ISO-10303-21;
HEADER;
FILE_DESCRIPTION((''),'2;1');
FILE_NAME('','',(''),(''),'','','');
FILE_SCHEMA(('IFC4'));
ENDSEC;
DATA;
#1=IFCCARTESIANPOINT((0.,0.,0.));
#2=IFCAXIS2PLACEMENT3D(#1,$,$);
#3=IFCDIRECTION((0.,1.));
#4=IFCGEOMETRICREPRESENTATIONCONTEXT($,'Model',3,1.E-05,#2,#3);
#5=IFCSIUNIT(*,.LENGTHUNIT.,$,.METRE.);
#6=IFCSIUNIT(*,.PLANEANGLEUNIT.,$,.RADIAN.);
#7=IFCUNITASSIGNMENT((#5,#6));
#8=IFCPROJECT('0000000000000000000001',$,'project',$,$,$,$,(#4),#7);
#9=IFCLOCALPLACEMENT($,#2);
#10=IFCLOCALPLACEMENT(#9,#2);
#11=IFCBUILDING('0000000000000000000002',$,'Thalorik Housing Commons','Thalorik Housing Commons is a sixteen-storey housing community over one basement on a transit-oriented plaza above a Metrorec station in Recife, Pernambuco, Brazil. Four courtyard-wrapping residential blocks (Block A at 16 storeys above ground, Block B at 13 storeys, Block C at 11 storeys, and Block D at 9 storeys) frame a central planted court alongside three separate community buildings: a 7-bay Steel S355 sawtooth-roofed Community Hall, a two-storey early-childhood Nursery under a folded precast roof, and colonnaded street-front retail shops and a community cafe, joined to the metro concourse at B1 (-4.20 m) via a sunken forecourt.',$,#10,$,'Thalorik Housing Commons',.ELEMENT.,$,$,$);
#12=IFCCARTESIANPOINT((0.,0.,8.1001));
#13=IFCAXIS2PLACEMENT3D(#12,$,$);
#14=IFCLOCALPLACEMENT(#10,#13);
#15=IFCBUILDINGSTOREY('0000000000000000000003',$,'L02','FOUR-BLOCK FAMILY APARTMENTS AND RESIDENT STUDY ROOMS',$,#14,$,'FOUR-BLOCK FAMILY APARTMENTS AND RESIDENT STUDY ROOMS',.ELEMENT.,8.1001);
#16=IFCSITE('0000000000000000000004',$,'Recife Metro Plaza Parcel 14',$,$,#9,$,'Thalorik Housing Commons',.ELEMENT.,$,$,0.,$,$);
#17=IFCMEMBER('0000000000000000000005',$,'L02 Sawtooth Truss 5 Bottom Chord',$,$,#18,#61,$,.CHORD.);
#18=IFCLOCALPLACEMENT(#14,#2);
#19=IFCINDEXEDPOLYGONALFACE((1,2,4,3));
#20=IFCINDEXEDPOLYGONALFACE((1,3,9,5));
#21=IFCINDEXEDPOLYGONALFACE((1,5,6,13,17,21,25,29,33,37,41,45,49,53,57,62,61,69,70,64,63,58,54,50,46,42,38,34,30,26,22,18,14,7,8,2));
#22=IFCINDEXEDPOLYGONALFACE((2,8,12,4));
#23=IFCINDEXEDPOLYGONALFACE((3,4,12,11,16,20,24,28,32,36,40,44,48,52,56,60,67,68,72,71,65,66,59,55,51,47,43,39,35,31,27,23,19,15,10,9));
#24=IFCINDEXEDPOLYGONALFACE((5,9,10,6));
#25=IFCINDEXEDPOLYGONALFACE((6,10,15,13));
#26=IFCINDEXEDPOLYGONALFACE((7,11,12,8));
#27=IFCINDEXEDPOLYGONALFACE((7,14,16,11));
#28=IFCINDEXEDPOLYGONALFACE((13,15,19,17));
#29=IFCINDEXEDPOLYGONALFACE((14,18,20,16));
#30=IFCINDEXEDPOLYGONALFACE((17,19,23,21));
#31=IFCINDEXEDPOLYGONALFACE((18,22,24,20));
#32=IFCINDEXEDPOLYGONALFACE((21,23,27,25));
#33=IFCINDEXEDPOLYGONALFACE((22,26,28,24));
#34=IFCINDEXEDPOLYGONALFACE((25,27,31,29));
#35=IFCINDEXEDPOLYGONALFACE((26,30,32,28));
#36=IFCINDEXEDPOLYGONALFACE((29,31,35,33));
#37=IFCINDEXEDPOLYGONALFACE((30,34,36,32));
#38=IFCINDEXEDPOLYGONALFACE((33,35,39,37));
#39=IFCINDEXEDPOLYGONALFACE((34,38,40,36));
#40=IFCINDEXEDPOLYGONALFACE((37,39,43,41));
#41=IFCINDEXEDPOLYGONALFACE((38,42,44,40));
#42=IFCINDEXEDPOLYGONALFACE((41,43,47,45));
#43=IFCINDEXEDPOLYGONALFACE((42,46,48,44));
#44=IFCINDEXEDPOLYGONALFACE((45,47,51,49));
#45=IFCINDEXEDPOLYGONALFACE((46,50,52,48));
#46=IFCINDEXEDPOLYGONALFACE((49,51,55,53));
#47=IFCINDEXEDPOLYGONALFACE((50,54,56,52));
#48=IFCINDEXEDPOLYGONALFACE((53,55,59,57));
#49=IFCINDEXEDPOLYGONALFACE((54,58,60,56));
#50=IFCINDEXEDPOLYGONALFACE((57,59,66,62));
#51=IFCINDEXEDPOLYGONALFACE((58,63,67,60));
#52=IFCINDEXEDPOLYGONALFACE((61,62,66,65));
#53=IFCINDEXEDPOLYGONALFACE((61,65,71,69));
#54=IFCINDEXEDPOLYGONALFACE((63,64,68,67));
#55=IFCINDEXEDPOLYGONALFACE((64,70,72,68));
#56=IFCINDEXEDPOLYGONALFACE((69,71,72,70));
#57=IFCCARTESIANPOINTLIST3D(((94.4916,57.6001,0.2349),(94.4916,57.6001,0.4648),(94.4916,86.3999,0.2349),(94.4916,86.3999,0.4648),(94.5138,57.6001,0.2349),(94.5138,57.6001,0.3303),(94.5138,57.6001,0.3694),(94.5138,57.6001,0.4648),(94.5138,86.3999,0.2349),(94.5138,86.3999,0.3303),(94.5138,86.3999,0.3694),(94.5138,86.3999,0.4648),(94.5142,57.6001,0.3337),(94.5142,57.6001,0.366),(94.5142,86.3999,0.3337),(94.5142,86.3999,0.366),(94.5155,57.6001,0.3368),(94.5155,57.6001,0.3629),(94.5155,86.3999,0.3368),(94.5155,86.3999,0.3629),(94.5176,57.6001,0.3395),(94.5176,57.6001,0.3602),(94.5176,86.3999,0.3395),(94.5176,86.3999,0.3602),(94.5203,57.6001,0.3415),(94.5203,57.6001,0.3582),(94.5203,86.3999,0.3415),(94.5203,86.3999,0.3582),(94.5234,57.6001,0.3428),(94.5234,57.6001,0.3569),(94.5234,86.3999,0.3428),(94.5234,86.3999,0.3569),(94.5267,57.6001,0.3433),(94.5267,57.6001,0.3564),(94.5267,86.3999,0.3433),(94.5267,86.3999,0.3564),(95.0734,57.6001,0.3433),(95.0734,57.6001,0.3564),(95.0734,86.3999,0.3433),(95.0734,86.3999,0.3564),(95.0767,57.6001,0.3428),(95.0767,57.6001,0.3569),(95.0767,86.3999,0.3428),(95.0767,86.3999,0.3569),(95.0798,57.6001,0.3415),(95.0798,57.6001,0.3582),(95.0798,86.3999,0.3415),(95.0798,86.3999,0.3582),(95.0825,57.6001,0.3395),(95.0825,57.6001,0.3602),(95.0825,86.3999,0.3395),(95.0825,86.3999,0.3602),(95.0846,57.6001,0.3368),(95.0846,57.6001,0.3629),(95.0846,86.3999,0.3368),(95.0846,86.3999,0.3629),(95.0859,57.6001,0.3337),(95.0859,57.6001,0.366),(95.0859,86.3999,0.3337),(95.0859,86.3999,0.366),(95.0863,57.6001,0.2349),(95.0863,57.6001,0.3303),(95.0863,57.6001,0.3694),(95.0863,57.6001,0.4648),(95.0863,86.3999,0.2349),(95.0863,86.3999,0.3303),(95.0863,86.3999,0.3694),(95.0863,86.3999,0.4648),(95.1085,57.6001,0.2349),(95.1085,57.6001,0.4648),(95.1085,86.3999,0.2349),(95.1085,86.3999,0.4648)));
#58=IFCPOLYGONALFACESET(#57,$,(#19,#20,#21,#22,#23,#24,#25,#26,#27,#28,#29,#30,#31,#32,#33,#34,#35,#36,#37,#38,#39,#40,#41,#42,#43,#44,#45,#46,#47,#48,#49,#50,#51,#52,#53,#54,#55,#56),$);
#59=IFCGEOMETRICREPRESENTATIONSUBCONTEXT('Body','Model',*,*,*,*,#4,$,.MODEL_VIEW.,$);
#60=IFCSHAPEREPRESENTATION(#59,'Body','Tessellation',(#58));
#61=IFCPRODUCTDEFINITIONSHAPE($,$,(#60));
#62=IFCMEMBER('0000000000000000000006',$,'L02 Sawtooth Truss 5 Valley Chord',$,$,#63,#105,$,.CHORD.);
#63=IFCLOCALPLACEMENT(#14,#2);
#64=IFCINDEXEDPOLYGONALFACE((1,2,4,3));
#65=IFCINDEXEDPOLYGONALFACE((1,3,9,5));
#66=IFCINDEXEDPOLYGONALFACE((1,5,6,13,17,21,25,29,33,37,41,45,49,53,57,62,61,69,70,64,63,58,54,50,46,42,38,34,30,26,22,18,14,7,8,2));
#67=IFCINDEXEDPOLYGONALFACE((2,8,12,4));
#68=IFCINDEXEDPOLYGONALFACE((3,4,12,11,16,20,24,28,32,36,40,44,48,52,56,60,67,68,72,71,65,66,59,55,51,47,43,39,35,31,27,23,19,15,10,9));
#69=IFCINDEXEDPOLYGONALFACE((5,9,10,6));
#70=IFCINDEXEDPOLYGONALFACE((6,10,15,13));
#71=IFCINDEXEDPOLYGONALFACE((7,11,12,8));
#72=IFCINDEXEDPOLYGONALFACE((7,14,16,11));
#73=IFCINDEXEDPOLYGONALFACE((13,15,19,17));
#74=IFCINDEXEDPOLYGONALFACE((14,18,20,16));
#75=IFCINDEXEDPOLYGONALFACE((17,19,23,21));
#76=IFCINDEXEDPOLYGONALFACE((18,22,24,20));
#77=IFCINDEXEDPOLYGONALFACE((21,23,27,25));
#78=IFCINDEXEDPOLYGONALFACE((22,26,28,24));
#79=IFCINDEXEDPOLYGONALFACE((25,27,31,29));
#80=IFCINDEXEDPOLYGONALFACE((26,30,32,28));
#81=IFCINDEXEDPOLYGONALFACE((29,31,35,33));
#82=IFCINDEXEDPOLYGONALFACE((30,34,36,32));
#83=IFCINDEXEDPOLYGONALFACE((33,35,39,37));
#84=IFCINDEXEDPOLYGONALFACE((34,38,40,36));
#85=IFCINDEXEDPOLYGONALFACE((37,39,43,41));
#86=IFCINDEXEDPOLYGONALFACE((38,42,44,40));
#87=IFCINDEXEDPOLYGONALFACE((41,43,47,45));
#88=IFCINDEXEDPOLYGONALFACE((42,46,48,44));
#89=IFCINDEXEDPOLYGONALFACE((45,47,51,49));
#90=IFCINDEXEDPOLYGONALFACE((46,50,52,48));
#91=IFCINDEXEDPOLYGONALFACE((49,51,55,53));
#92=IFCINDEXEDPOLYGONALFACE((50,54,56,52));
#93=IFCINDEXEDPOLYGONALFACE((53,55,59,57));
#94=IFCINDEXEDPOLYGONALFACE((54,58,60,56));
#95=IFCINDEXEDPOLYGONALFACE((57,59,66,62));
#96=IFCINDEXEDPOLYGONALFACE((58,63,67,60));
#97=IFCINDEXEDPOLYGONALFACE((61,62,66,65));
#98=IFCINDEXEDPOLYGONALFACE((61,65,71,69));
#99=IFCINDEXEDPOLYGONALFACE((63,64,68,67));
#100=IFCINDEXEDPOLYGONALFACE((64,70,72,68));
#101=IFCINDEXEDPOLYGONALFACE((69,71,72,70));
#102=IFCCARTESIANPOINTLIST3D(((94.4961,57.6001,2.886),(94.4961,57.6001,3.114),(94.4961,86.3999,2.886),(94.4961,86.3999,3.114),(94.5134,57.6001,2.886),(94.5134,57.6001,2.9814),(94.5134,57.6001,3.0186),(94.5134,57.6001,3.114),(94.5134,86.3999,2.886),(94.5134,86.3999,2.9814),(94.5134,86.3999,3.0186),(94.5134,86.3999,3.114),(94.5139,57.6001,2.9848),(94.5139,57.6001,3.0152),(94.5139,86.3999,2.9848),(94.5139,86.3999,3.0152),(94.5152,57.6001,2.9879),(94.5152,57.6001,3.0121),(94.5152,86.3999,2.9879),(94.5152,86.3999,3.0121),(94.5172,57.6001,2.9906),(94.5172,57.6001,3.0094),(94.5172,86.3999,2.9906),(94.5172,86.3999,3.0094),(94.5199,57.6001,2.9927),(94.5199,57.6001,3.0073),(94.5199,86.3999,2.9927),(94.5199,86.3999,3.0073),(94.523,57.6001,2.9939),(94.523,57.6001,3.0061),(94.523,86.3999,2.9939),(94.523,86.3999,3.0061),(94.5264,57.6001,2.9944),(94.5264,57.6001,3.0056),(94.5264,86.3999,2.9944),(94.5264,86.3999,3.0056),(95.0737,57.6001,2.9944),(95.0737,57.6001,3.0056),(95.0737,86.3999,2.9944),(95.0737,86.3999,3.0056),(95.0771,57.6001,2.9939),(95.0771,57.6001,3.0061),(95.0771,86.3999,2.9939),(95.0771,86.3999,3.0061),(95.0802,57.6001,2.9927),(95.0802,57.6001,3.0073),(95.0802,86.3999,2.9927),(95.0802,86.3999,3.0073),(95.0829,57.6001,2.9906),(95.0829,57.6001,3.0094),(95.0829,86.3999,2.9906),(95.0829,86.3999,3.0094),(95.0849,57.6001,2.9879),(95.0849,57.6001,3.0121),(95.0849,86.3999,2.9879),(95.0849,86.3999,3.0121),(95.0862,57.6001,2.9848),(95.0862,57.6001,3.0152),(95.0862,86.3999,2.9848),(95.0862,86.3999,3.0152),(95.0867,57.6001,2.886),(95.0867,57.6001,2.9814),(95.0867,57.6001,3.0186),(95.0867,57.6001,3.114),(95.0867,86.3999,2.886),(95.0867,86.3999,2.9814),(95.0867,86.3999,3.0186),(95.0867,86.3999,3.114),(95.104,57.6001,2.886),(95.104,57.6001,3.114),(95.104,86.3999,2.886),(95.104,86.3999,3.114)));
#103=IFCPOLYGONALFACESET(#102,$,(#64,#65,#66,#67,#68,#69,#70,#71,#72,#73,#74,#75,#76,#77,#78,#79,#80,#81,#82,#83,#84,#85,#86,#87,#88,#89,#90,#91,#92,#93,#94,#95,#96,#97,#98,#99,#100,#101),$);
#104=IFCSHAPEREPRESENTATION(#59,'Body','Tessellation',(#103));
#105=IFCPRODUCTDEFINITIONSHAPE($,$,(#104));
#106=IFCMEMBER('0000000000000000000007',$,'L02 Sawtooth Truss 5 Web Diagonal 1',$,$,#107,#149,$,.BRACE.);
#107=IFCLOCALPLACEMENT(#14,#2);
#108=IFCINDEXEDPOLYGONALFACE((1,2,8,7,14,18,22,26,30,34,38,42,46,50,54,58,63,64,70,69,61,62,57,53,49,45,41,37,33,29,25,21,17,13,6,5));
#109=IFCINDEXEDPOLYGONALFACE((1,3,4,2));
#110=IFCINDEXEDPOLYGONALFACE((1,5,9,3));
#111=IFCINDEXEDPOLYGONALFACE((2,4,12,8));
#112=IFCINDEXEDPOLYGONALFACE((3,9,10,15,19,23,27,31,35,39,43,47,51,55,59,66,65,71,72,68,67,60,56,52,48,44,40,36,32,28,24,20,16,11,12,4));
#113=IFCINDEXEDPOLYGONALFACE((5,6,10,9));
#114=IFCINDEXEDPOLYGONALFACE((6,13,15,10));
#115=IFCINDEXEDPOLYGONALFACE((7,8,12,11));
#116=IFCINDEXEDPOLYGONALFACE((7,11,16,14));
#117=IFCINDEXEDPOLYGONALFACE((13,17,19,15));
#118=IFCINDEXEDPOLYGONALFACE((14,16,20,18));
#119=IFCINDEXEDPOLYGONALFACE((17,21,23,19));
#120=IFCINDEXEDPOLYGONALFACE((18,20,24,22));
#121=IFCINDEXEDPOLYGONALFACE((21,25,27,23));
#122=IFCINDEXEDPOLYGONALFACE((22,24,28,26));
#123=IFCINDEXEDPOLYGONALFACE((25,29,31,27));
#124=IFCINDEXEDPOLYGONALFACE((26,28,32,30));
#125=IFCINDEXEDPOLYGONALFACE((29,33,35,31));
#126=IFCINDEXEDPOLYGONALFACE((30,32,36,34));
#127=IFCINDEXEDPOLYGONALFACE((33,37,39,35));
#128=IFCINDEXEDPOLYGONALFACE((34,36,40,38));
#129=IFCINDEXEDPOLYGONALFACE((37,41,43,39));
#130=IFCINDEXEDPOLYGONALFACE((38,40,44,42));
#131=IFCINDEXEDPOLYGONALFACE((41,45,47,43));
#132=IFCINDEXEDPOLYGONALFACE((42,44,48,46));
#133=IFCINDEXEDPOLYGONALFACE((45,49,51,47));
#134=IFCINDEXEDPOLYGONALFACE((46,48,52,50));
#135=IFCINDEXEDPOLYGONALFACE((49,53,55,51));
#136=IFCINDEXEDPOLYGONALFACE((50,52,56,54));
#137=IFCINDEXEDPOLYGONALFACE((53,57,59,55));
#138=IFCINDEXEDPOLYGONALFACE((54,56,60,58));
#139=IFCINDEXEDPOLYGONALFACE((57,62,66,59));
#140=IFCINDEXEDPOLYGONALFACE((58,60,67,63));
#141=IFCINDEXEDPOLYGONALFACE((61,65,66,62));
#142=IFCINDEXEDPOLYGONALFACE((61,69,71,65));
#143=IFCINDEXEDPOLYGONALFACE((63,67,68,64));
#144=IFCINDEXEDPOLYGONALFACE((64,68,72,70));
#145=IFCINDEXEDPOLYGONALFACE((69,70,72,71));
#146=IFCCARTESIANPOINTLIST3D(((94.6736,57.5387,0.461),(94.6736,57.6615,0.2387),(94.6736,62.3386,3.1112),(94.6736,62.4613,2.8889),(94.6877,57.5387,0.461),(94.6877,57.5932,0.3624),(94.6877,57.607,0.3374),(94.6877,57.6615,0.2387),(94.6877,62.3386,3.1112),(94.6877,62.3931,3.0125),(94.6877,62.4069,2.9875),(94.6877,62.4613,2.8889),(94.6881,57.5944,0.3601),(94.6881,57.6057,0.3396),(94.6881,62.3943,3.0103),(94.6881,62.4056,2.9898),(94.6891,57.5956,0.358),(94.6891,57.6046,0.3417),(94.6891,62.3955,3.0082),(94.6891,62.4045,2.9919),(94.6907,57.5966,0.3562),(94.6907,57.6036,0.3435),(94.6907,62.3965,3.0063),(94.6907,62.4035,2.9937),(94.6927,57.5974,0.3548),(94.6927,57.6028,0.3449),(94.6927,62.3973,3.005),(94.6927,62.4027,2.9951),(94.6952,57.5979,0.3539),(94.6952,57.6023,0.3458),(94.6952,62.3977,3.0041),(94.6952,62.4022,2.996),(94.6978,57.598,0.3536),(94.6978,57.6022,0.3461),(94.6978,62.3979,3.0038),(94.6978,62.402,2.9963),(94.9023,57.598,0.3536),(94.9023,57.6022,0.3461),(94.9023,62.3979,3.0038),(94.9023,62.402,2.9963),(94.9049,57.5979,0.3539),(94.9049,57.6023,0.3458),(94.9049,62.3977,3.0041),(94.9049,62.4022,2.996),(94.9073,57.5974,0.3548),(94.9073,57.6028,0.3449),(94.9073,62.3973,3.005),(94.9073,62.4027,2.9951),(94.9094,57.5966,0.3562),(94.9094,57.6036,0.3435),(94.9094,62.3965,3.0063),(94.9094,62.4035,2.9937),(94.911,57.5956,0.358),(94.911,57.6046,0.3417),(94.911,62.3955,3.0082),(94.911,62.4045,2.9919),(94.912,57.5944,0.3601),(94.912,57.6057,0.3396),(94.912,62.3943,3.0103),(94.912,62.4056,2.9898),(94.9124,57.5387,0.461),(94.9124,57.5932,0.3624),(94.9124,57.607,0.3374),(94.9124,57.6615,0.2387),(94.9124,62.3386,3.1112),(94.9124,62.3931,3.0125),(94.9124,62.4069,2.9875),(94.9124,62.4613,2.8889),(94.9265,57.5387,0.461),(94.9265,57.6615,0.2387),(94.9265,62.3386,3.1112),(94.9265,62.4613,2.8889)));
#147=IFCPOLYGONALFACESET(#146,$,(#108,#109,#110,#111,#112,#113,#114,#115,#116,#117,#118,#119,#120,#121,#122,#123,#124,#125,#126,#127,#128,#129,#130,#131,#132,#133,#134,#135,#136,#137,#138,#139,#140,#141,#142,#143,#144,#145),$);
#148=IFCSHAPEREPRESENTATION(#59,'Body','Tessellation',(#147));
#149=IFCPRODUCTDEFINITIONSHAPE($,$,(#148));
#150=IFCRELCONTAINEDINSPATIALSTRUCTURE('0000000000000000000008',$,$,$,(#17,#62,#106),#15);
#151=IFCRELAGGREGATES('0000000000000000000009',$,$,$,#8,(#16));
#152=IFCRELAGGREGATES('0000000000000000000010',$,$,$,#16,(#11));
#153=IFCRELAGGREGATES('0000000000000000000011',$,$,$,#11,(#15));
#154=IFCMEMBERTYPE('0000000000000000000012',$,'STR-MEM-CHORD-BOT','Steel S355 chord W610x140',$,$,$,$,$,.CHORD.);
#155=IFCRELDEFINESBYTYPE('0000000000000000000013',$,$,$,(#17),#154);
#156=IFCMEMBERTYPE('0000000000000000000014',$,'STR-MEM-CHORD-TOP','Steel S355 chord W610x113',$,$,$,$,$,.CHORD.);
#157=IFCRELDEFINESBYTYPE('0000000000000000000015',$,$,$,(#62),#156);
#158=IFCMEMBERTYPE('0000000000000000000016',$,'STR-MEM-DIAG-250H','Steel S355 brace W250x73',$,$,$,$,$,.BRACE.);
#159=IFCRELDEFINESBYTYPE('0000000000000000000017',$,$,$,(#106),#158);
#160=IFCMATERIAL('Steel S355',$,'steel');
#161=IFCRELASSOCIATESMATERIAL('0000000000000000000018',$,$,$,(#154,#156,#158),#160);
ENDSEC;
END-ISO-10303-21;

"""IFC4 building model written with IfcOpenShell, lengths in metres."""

from ifc_helpers import new_model, si_unit, direction, frame, origin, origin_2d, place, context, subcontext, project, spatial, i_section, extrude, material, material_profile, profile_set, type_object, element, save


model = new_model("IFC4")

# Units and contexts
model_context = context("Model", 3, precision=1e-05, world=origin(), true_north=direction((0.0, 1.0)))
body_context = subcontext(model_context, "Body", "Model", "MODEL_VIEW")
ifc_project = project(units=[si_unit("LENGTHUNIT", "METRE"), si_unit("PLANEANGLEUNIT", "RADIAN")], contexts=[model_context])

# Site, building, storey
site_placement = place(None, origin())
site = spatial("IfcSite", under=ifc_project, at=site_placement, Name="Recife Metro Plaza Parcel 14", LongName="Thalorik Housing Commons", CompositionType="ELEMENT", RefElevation=0.0)
building_placement = place(site_placement, origin())
building = spatial("IfcBuilding", under=site, at=building_placement, Name="Thalorik Housing Commons", Description="Thalorik Housing Commons is a sixteen-storey housing community over one basement on a transit-oriented plaza above a Metrorec station in Recife, Pernambuco, Brazil. Four courtyard-wrapping residential blocks (Block A at 16 storeys above ground, Block B at 13 storeys, Block C at 11 storeys, and Block D at 9 storeys) frame a central planted court alongside three separate community buildings: a 7-bay Steel S355 sawtooth-roofed Community Hall, a two-storey early-childhood Nursery under a folded precast roof, and colonnaded street-front retail shops and a community cafe, joined to the metro concourse at B1 (-4.20 m) via a sunken forecourt.", LongName="Thalorik Housing Commons", CompositionType="ELEMENT")
storey_placement = place(building_placement, frame((0.0, 0.0, 8.1001)))
storey = spatial("IfcBuildingStorey", under=building, at=storey_placement, Name="L02", Description="FOUR-BLOCK FAMILY APARTMENTS AND RESIDENT STUDY ROOMS", LongName="FOUR-BLOCK FAMILY APARTMENTS AND RESIDENT STUDY ROOMS", CompositionType="ELEMENT", Elevation=8.1001)

# Shared definitions
ifc_material_1 = material(Name="Steel S355", Category="steel")

# Members
ifc_material_profile_1 = material_profile(ifc_material_1, i_section(OverallWidth=0.23, OverallDepth=0.6169, WebThickness=0.0132, FlangeThickness=0.0222, FilletRadius=0.0129, at=origin_2d()), Name="W610x140", Category="steel")
ifc_profile_set_1 = profile_set([ifc_material_profile_1], Name="Steel S355")
member_type_1 = type_object("IfcMemberType", Name="STR-MEM-CHORD-BOT", Description="Steel S355 chord W610x140", PredefinedType="CHORD", material=ifc_profile_set_1)
member_1_placement = place(storey_placement, frame((94.8, 57.6001, 0.3499), z_axis=(0.0, 1.0, 0.0), x_axis=(0.0, 0.0, 1.0)))
element("IfcMember", 1, at=member_1_placement, inside=storey, type_object=member_type_1, Name="L02 Sawtooth Truss 5 Bottom Chord", PredefinedType="CHORD", context=body_context, shape_type="SweptSolid", body=[
    extrude(i_section(OverallWidth=0.23, OverallDepth=0.6169, WebThickness=0.0132, FlangeThickness=0.0222, FilletRadius=0.0129, at=origin_2d()), origin(), (0.0, 0.0, 1.0), 28.7998),
])
ifc_material_profile_2 = material_profile(ifc_material_1, i_section(OverallWidth=0.228, OverallDepth=0.6079, WebThickness=0.0112, FlangeThickness=0.0173, FilletRadius=0.0129, at=origin_2d()), Name="W610x113", Category="steel")
ifc_profile_set_2 = profile_set([ifc_material_profile_2], Name="Steel S355")
member_type_2 = type_object("IfcMemberType", Name="STR-MEM-CHORD-TOP", Description="Steel S355 chord W610x113", PredefinedType="CHORD", material=ifc_profile_set_2)
member_2_placement = place(storey_placement, frame((94.8, 57.6001, 3.0), z_axis=(0.0, 1.0, 0.0), x_axis=(0.0, 0.0, 1.0)))
element("IfcMember", 2, at=member_2_placement, inside=storey, type_object=member_type_2, Name="L02 Sawtooth Truss 5 Valley Chord", PredefinedType="CHORD", context=body_context, shape_type="SweptSolid", body=[
    extrude(i_section(OverallWidth=0.228, OverallDepth=0.6079, WebThickness=0.0112, FlangeThickness=0.0173, FilletRadius=0.0129, at=origin_2d()), origin(), (0.0, 0.0, 1.0), 28.7998),
])
ifc_material_profile_3 = material_profile(ifc_material_1, i_section(OverallWidth=0.2539, OverallDepth=0.2529, WebThickness=0.0085, FlangeThickness=0.0142, FilletRadius=0.01, at=origin_2d()), Name="W250x73", Category="steel")
ifc_profile_set_3 = profile_set([ifc_material_profile_3], Name="Steel S355")
member_type_3 = type_object("IfcMemberType", Name="STR-MEM-DIAG-250H", Description="Steel S355 brace W250x73", PredefinedType="BRACE", material=ifc_profile_set_3)
member_3_placement = place(storey_placement, frame((94.8, 57.6001, 0.3499), z_axis=(0.0, 0.875425, 0.483354), x_axis=(0.0, -0.483354, 0.875425)))
element("IfcMember", 3, at=member_3_placement, inside=storey, type_object=member_type_3, Name="L02 Sawtooth Truss 5 Web Diagonal 1", PredefinedType="BRACE", context=body_context, shape_type="SweptSolid", body=[
    extrude(i_section(OverallWidth=0.2539, OverallDepth=0.2529, WebThickness=0.0085, FlangeThickness=0.0142, FilletRadius=0.01, at=origin_2d()), origin(), (0.0, 0.0, 1.0), 5.4829),
])

save(model, "model.ifc")
